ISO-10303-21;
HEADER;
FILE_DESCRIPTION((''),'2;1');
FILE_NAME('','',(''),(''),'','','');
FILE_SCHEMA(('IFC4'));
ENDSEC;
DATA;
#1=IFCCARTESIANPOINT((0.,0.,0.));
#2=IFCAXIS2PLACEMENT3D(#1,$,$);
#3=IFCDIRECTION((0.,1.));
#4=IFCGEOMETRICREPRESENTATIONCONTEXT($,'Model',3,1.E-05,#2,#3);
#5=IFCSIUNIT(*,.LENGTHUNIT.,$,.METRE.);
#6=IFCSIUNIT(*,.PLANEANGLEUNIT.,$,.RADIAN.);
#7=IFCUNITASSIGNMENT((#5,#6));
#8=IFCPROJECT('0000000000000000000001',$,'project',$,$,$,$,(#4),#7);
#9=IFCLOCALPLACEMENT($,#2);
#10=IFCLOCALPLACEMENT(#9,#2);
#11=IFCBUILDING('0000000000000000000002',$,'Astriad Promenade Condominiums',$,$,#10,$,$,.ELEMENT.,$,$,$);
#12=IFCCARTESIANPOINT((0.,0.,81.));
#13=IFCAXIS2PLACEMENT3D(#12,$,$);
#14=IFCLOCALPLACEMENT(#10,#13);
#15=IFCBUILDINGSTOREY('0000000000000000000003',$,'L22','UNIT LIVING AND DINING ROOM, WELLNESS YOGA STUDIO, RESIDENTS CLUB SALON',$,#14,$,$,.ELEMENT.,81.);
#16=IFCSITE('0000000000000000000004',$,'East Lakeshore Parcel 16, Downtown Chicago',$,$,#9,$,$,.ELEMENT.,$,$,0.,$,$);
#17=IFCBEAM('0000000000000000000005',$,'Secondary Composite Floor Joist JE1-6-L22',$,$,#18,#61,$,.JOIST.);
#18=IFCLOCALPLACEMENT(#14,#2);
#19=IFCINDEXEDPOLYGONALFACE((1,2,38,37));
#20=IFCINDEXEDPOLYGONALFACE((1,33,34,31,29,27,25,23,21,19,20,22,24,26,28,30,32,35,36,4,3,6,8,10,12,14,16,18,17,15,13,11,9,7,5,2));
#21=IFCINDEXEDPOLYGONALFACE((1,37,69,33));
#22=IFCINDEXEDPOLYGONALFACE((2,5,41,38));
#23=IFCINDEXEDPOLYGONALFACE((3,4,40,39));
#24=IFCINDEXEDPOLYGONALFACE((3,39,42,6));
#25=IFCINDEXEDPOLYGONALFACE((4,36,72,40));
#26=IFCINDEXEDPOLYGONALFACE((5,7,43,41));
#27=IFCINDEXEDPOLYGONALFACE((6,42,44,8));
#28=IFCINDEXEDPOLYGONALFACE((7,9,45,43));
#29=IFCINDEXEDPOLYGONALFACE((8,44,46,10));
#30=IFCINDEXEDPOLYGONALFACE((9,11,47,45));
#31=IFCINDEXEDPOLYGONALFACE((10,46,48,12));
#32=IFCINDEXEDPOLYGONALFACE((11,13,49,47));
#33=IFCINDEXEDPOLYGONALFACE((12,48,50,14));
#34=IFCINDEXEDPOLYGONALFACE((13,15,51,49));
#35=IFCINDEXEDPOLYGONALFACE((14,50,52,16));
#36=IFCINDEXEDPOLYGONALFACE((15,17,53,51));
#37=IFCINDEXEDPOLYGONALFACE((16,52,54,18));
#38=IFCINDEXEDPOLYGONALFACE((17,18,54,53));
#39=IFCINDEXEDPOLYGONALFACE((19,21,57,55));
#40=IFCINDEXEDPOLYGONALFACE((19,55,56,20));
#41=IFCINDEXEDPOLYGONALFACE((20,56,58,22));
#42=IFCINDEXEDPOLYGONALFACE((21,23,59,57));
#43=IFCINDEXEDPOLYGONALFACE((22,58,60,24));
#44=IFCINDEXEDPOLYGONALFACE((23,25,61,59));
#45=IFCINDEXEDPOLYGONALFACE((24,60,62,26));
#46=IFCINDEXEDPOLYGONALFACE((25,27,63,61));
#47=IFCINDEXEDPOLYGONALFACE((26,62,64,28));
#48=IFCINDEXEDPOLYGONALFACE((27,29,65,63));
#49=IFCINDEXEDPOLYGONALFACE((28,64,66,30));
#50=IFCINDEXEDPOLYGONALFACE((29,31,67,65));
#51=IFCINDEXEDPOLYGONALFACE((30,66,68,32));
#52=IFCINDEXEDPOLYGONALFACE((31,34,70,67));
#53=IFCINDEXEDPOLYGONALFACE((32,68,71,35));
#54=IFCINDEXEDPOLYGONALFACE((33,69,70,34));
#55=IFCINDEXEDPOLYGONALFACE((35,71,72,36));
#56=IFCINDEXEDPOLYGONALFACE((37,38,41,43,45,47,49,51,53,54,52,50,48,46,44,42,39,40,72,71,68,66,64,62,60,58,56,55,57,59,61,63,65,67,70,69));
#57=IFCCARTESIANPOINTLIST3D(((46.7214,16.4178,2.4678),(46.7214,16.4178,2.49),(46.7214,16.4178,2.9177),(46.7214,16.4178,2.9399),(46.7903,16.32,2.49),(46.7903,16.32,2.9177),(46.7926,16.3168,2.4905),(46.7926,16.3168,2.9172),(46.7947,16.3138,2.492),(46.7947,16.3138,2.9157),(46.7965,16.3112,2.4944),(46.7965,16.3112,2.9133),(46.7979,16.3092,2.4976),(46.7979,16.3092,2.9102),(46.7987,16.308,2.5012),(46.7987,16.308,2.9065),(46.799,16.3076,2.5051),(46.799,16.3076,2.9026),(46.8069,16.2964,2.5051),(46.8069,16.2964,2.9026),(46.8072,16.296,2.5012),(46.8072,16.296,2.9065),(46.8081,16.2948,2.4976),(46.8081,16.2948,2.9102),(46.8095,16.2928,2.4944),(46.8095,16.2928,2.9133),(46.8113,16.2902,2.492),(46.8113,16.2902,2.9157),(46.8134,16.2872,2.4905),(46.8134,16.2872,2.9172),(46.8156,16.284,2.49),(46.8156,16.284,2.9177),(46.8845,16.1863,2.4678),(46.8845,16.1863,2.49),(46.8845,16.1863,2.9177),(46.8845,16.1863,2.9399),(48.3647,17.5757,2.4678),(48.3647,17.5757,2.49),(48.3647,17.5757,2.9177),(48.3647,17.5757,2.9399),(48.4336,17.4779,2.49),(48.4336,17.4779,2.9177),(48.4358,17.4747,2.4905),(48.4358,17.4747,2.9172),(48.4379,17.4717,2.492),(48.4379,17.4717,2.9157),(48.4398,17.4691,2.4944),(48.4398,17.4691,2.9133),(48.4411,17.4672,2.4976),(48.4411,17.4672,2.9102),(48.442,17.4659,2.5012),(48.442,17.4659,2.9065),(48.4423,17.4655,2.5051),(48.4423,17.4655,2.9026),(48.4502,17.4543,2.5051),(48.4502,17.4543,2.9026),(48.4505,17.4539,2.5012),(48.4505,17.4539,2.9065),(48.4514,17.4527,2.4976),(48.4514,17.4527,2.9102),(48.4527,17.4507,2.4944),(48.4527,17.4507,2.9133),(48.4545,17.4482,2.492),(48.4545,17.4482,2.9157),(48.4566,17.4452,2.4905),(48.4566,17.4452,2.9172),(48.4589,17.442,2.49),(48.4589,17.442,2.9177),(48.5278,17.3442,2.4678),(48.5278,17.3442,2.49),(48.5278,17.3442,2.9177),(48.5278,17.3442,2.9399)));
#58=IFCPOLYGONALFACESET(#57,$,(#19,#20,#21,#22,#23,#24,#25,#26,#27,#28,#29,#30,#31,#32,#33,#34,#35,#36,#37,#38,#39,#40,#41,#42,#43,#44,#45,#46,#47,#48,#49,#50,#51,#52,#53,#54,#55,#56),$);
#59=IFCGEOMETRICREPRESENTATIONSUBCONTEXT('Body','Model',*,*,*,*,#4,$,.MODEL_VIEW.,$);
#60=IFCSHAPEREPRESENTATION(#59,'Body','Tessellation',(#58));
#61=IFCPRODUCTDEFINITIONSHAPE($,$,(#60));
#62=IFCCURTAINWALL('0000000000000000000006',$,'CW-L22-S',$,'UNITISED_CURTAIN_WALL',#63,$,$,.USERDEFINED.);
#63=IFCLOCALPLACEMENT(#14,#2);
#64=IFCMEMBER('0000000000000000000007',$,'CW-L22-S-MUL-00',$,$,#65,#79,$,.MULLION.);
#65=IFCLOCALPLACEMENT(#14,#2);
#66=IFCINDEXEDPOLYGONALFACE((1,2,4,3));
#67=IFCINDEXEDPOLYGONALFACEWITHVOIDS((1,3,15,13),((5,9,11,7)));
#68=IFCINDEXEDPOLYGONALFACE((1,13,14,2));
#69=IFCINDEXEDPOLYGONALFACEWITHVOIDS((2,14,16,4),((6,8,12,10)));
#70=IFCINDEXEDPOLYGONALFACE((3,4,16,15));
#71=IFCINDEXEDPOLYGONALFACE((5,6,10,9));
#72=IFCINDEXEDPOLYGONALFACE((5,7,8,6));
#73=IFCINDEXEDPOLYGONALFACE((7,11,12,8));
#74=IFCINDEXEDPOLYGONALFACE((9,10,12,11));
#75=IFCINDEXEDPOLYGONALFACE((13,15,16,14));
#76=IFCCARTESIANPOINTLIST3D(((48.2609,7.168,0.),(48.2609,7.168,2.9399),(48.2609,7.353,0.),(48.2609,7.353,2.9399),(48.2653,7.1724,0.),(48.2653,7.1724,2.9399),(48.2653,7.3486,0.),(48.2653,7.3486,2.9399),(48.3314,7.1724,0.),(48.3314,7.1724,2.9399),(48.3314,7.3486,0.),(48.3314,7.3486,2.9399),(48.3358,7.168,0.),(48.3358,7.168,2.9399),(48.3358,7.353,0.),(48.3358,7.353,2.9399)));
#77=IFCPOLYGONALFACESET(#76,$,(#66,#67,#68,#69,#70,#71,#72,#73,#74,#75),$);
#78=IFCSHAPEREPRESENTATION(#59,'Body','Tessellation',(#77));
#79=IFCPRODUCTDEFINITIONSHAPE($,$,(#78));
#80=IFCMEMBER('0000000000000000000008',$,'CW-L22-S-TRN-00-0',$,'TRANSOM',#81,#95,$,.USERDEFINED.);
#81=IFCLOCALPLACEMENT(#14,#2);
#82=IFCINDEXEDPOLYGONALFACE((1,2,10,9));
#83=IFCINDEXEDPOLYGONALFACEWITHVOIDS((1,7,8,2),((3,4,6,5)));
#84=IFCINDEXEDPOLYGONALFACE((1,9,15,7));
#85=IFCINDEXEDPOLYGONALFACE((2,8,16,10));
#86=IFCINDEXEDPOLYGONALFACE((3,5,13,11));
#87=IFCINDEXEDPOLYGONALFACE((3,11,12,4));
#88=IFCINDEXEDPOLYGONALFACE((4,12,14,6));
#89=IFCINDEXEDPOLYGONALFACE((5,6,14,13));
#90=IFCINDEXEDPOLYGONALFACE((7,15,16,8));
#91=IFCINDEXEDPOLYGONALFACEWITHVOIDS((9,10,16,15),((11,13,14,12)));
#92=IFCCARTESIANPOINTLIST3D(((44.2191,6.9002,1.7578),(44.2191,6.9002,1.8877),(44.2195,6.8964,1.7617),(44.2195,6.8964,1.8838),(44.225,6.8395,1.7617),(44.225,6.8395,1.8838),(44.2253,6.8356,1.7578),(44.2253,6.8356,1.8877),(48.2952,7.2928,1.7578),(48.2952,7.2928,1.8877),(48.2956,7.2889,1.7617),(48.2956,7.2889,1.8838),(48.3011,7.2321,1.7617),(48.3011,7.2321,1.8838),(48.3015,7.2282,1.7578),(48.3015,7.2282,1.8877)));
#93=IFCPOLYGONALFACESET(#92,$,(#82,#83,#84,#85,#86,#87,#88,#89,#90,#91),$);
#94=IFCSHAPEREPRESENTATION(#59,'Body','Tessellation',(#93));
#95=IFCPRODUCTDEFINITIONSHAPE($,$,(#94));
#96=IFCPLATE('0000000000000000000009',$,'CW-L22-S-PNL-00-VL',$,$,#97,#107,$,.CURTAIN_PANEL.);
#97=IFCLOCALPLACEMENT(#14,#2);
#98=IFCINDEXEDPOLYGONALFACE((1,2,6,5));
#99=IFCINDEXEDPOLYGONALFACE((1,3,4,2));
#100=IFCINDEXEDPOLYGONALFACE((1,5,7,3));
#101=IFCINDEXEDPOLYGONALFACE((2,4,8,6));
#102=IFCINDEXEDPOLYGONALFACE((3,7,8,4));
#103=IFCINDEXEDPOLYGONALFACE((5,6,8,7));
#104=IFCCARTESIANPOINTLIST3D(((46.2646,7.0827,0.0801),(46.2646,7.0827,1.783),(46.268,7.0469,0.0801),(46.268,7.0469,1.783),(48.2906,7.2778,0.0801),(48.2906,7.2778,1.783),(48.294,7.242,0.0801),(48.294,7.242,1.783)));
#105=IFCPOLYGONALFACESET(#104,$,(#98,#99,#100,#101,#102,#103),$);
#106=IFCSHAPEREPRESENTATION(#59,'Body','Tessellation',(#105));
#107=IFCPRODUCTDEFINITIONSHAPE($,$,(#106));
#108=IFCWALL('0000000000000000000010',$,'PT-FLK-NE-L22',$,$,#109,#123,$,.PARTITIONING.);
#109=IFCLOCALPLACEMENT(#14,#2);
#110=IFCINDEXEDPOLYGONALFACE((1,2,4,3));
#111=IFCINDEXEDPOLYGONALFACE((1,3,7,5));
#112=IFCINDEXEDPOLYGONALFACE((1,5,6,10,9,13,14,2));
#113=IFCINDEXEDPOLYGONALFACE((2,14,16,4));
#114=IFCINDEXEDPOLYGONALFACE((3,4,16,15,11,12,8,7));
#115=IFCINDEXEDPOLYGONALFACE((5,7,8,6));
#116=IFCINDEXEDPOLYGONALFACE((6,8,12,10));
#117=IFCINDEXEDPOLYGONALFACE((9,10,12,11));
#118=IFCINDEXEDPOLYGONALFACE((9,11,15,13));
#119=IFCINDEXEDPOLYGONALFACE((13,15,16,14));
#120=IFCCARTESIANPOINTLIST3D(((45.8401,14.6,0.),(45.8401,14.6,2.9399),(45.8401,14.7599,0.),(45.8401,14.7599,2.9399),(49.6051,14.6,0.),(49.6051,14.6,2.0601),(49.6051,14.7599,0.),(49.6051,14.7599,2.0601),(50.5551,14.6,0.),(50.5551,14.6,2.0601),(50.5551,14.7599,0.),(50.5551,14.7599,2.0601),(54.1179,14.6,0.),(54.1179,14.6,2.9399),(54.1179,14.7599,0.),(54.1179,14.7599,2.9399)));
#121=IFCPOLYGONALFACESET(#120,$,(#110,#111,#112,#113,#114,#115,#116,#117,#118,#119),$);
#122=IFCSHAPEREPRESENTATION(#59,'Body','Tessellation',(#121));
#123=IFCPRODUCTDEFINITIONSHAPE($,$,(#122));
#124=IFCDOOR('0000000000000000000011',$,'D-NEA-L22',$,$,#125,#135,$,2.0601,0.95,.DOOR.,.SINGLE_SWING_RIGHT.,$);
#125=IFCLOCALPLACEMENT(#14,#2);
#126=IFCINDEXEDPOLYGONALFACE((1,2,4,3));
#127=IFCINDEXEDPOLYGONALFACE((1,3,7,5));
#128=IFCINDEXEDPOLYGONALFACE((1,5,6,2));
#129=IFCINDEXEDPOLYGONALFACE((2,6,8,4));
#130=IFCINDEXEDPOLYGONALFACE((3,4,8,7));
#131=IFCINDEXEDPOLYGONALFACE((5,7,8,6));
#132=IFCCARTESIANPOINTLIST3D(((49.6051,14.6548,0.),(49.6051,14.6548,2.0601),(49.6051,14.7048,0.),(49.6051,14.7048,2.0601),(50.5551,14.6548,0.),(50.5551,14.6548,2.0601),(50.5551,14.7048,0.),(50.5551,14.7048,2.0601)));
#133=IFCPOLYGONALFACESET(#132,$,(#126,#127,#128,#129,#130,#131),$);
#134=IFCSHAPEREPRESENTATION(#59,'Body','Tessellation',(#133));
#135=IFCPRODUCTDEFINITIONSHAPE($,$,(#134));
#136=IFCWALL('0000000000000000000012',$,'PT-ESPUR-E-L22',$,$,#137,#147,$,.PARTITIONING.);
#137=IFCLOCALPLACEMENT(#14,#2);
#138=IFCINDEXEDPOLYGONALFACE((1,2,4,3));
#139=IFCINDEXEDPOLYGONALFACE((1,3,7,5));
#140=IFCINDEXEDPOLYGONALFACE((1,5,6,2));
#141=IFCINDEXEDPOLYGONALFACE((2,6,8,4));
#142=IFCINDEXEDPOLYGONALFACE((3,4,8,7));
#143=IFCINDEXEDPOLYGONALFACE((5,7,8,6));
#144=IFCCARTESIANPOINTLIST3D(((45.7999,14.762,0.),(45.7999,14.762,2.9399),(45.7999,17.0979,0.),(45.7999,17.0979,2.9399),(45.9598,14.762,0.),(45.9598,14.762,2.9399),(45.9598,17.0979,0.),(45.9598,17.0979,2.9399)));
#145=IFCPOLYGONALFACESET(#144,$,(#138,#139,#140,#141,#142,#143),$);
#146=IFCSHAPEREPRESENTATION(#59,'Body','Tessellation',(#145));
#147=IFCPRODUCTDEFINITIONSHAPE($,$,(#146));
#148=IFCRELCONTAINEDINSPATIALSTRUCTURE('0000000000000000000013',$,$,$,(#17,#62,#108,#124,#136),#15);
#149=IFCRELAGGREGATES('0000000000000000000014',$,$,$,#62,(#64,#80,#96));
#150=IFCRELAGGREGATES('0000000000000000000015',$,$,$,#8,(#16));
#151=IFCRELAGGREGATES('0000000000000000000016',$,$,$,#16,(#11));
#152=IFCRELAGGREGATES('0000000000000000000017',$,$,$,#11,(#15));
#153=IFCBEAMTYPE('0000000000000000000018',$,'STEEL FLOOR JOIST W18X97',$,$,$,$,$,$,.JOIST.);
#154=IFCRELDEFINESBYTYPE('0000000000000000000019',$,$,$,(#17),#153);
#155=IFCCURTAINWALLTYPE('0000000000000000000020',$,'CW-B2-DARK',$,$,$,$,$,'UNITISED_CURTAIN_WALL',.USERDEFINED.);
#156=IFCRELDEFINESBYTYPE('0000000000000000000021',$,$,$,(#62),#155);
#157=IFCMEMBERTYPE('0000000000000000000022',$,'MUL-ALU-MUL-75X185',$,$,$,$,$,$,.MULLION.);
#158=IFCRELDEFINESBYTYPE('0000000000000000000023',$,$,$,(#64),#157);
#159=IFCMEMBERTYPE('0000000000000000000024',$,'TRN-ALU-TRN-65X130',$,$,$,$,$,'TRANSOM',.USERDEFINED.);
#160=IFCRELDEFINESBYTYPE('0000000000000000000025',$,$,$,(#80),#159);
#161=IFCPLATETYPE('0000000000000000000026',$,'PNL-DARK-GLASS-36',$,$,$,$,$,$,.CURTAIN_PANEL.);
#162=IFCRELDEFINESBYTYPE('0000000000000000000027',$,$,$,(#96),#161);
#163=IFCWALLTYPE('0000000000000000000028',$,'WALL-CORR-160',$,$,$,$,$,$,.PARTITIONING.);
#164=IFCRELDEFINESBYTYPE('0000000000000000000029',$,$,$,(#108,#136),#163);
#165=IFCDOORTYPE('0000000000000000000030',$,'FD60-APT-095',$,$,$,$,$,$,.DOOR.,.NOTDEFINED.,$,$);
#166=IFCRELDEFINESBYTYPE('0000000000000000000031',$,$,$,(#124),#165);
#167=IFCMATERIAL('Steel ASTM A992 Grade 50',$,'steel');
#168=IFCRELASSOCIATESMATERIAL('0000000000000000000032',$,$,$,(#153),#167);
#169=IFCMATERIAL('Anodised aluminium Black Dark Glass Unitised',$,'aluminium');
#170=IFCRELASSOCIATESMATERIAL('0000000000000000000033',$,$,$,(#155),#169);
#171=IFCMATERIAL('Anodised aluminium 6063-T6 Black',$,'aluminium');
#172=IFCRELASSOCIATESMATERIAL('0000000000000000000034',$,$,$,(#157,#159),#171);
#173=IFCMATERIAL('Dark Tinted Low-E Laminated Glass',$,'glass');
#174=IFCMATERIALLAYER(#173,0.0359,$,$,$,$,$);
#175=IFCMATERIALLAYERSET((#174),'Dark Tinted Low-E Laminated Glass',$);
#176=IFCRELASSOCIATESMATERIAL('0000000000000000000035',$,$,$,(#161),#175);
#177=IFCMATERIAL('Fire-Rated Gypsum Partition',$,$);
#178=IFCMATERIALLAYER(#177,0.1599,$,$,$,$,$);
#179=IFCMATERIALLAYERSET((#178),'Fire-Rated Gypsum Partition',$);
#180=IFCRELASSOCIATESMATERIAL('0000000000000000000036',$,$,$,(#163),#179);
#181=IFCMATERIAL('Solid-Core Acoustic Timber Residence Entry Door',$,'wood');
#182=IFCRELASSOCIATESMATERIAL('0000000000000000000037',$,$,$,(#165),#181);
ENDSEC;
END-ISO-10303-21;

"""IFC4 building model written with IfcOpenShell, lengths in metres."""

from ifc_helpers import new_model, si_unit, direction, frame, frame_2d, origin, origin_2d, place, context, subcontext, project, spatial, rectangle, hollow_rectangle, i_section, extrude, source, transform, mapped, material, layer, layer_set, material_profile, profile_set, type_object, type_shapes, element, fill, aggregate, save


model = new_model("IFC4")

# Units and contexts
model_context = context("Model", 3, precision=1e-05, world=origin(), true_north=direction((0.0, 1.0)))
body_context = subcontext(model_context, "Body", "Model", "MODEL_VIEW")
ifc_project = project(units=[si_unit("LENGTHUNIT", "METRE"), si_unit("PLANEANGLEUNIT", "RADIAN")], contexts=[model_context])

# Site, building, storey
site_placement = place(None, origin())
site = spatial("IfcSite", under=ifc_project, at=site_placement, Name="East Lakeshore Parcel 16, Downtown Chicago", CompositionType="ELEMENT", RefElevation=0.0)
building_placement = place(site_placement, origin())
building = spatial("IfcBuilding", under=site, at=building_placement, Name="Astriad Promenade Condominiums", CompositionType="ELEMENT")
storey_placement = place(building_placement, frame((0.0, 0.0, 81.0)))
storey = spatial("IfcBuildingStorey", under=building, at=storey_placement, Name="L22", Description="UNIT LIVING AND DINING ROOM, WELLNESS YOGA STUDIO, RESIDENTS CLUB SALON", CompositionType="ELEMENT", Elevation=81.0)

# Shared definitions
ifc_material_1 = material(Name="Steel ASTM A992 Grade 50", Category="steel")

# Beam
ifc_material_profile_1 = material_profile(ifc_material_1, i_section(OverallWidth=0.2832, OverallDepth=0.4722, WebThickness=0.0137, FlangeThickness=0.0222, FilletRadius=0.0151, at=origin_2d()), Name="W18X97")
ifc_profile_set_1 = profile_set([ifc_material_profile_1], Name="Steel ASTM A992 Grade 50")
beam_type_1 = type_object("IfcBeamType", Name="STEEL FLOOR JOIST W18X97", PredefinedType="JOIST", material=ifc_profile_set_1)
shared_shape_1 = source(origin(), body_context, "Body", "SweptSolid", [
    extrude(i_section(OverallWidth=0.2832, OverallDepth=0.4722, WebThickness=0.0137, FlangeThickness=0.0222, FilletRadius=0.0151, at=origin_2d()), origin(), (0.0, 0.0, 1.0), 2.0103),
])
beam_1_placement = place(storey_placement, frame((46.803, 16.302, 2.7039), z_axis=(0.817442, 0.576011, 0.0), x_axis=(-0.576011, 0.817442, 0.0)))
element("IfcBeam", 1, at=beam_1_placement, inside=storey, type_object=beam_type_1, Name="Secondary Composite Floor Joist JE1-6-L22", PredefinedType="JOIST", context=body_context, shape_type="MappedRepresentation", body=[
    mapped(shared_shape_1, transform((0.0, 0.0, 0.0), scale=1.0)),
])

# Curtain wall, members, plate
ifc_material_2 = material(Name="Anodised aluminium Black Dark Glass Unitised", Category="aluminium")
curtain_wall_type = type_object("IfcCurtainWallType", Name="CW-B2-DARK", ElementType="UNITISED_CURTAIN_WALL", PredefinedType="USERDEFINED", material=ifc_material_2)
curtain_wall_placement = place(storey_placement, origin())
curtain_wall = element("IfcCurtainWall", 2, at=curtain_wall_placement, inside=storey, type_object=curtain_wall_type, Name="CW-L22-S", ObjectType="UNITISED_CURTAIN_WALL", PredefinedType="USERDEFINED")
ifc_material_3 = material(Name="Anodised aluminium 6063-T6 Black", Category="aluminium")
ifc_material_profile_2 = material_profile(ifc_material_3, hollow_rectangle(XDim=0.075, YDim=0.1851, WallThickness=0.0044, at=origin_2d()), Name="ALU-MUL-75X185")
ifc_profile_set_2 = profile_set([ifc_material_profile_2], Name="Anodised aluminium 6063-T6 Black")
member_type_1 = type_object("IfcMemberType", Name="MUL-ALU-MUL-75X185", PredefinedType="MULLION", material=ifc_profile_set_2)
shared_shape_2 = source(origin(), body_context, "Body", "SweptSolid", [
    extrude(hollow_rectangle(XDim=0.075, YDim=0.1851, WallThickness=0.0044, at=origin_2d()), origin(), (0.0, 0.0, 1.0), 2.9399),
])
type_shapes(member_type_1, [shared_shape_2])
member_1_placement = place(storey_placement, frame((48.2983, 7.2605, 0.0), z_axis=(0.0, 0.0, 1.0), x_axis=(1.0, 0.0, 0.0)))
member_1 = element("IfcMember", 3, at=member_1_placement, type_object=member_type_1, Name="CW-L22-S-MUL-00", PredefinedType="MULLION", context=body_context, shape_type="MappedRepresentation", body=[
    mapped(shared_shape_2, transform((0.0, 0.0, 0.0), scale=1.0)),
])
ifc_material_profile_3 = material_profile(ifc_material_3, hollow_rectangle(XDim=0.0649, YDim=0.1299, WallThickness=0.0039, at=origin_2d()), Name="ALU-TRN-65X130")
ifc_profile_set_3 = profile_set([ifc_material_profile_3], Name="Anodised aluminium 6063-T6 Black")
member_type_2 = type_object("IfcMemberType", Name="TRN-ALU-TRN-65X130", ElementType="TRANSOM", PredefinedType="USERDEFINED", material=ifc_profile_set_3)
shared_shape_3 = source(origin(), body_context, "Body", "SweptSolid", [
    extrude(hollow_rectangle(XDim=0.0649, YDim=0.1299, WallThickness=0.0039, at=origin_2d()), origin(), (0.0, 0.0, 1.0), 4.095),
])
type_shapes(member_type_2, [shared_shape_3])
member_2_placement = place(storey_placement, frame((48.2983, 7.2605, 1.8228), z_axis=(-0.995394, -0.095867, 0.0), x_axis=(0.095867, -0.995394, 0.0)))
member_2 = element("IfcMember", 4, at=member_2_placement, type_object=member_type_2, Name="CW-L22-S-TRN-00-0", ObjectType="TRANSOM", PredefinedType="USERDEFINED", context=body_context, shape_type="MappedRepresentation", body=[
    mapped(shared_shape_3, transform((0.0, 0.0, 0.0), scale=1.0)),
])
ifc_material_4 = material(Name="Dark Tinted Low-E Laminated Glass", Category="glass")
ifc_layer_1 = layer(ifc_material_4, 0.0359)
ifc_layer_set_1 = layer_set([ifc_layer_1], Name="Dark Tinted Low-E Laminated Glass")
plate_type = type_object("IfcPlateType", Name="PNL-DARK-GLASS-36", PredefinedType="CURTAIN_PANEL", material=ifc_layer_set_1)
shared_shape_4 = source(origin(), body_context, "Body", "SweptSolid", [
    extrude(rectangle(XDim=2.0354, YDim=0.0359, at=origin_2d()), origin(), (0.0, 0.0, 1.0), 1.7029),
])
type_shapes(plate_type, [shared_shape_4])
plate_placement = place(storey_placement, frame((47.2793, 7.1624, 0.0801), z_axis=(0.0, 0.0, 1.0), x_axis=(-0.995396, -0.095846, 0.0)))
plate = element("IfcPlate", 5, at=plate_placement, type_object=plate_type, Name="CW-L22-S-PNL-00-VL", PredefinedType="CURTAIN_PANEL", context=body_context, shape_type="MappedRepresentation", body=[
    mapped(shared_shape_4, transform((0.0, 0.0, 0.0), scale=1.0)),
])
aggregate(curtain_wall, [member_1, member_2, plate])

# Wall, opening, door
ifc_material_5 = material(Name="Fire-Rated Gypsum Partition")
ifc_layer_2 = layer(ifc_material_5, 0.1599)
ifc_layer_set_2 = layer_set([ifc_layer_2], Name="Fire-Rated Gypsum Partition")
wall_type_1 = type_object("IfcWallType", Name="WALL-CORR-160", PredefinedType="PARTITIONING", material=ifc_layer_set_2)
wall_1_placement = place(storey_placement, frame((45.8401, 14.6799, 0.0), z_axis=(0.0, 0.0, 1.0), x_axis=(1.0, 0.0, 0.0)))
wall_1 = element("IfcWall", 6, at=wall_1_placement, inside=storey, type_object=wall_type_1, Name="PT-FLK-NE-L22", PredefinedType="PARTITIONING", context=body_context, shape_type="SweptSolid", body=[
    extrude(rectangle(XDim=8.2778, YDim=0.1599, at=frame_2d((4.1389, 0.0))), origin(), (0.0, 0.0, 1.0), 2.9399),
])
opening_1_placement = place(wall_1_placement, frame((3.7649, 0.0, 0.0)))
opening_1 = element("IfcOpeningElement", 7, at=opening_1_placement, cuts=wall_1, PredefinedType="OPENING", context=body_context, shape_type="SweptSolid", body=[
    extrude(rectangle(XDim=0.95, YDim=2.0601, at=frame_2d((0.4751, 1.03))), frame((0.0, 0.0898, 0.0), z_axis=(0.0, -1.0, 0.0), x_axis=(1.0, 0.0, 0.0)), (0.0, 0.0, 1.0), 0.1799),
])
ifc_material_6 = material(Name="Solid-Core Acoustic Timber Residence Entry Door", Category="wood")
door_type_1 = type_object("IfcDoorType", Name="FD60-APT-095", OperationType="NOTDEFINED", PredefinedType="DOOR", material=ifc_material_6)
shared_shape_5 = source(origin(), body_context, "Body", "SweptSolid", [
    extrude(rectangle(XDim=0.95, YDim=2.0601, at=frame_2d((0.4751, 1.03))), frame((0.0, 0.0249, 0.0), z_axis=(0.0, -1.0, 0.0), x_axis=(1.0, 0.0, 0.0)), (0.0, 0.0, 1.0), 0.05),
])
type_shapes(door_type_1, [shared_shape_5])
door_1_placement = place(opening_1_placement, origin())
door_1 = element("IfcDoor", 8, at=door_1_placement, inside=storey, type_object=door_type_1, Name="D-NEA-L22", OperationType="SINGLE_SWING_RIGHT", OverallHeight=2.0601, OverallWidth=0.95, PredefinedType="DOOR", context=body_context, shape_type="MappedRepresentation", body=[
    mapped(shared_shape_5, transform((0.0, 0.0, 0.0), scale=1.0)),
])
fill(opening_1, door_1)

# Wall
wall_2_placement = place(storey_placement, frame((45.8799, 14.762, 0.0), z_axis=(0.0, 0.0, 1.0), x_axis=(0.0, 1.0, 0.0)))
element("IfcWall", 9, at=wall_2_placement, inside=storey, type_object=wall_type_1, Name="PT-ESPUR-E-L22", PredefinedType="PARTITIONING", context=body_context, shape_type="SweptSolid", body=[
    extrude(rectangle(XDim=2.3359, YDim=0.1599, at=frame_2d((1.168, 0.0))), origin(), (0.0, 0.0, 1.0), 2.9399),
])

save(model, "model.ifc")
